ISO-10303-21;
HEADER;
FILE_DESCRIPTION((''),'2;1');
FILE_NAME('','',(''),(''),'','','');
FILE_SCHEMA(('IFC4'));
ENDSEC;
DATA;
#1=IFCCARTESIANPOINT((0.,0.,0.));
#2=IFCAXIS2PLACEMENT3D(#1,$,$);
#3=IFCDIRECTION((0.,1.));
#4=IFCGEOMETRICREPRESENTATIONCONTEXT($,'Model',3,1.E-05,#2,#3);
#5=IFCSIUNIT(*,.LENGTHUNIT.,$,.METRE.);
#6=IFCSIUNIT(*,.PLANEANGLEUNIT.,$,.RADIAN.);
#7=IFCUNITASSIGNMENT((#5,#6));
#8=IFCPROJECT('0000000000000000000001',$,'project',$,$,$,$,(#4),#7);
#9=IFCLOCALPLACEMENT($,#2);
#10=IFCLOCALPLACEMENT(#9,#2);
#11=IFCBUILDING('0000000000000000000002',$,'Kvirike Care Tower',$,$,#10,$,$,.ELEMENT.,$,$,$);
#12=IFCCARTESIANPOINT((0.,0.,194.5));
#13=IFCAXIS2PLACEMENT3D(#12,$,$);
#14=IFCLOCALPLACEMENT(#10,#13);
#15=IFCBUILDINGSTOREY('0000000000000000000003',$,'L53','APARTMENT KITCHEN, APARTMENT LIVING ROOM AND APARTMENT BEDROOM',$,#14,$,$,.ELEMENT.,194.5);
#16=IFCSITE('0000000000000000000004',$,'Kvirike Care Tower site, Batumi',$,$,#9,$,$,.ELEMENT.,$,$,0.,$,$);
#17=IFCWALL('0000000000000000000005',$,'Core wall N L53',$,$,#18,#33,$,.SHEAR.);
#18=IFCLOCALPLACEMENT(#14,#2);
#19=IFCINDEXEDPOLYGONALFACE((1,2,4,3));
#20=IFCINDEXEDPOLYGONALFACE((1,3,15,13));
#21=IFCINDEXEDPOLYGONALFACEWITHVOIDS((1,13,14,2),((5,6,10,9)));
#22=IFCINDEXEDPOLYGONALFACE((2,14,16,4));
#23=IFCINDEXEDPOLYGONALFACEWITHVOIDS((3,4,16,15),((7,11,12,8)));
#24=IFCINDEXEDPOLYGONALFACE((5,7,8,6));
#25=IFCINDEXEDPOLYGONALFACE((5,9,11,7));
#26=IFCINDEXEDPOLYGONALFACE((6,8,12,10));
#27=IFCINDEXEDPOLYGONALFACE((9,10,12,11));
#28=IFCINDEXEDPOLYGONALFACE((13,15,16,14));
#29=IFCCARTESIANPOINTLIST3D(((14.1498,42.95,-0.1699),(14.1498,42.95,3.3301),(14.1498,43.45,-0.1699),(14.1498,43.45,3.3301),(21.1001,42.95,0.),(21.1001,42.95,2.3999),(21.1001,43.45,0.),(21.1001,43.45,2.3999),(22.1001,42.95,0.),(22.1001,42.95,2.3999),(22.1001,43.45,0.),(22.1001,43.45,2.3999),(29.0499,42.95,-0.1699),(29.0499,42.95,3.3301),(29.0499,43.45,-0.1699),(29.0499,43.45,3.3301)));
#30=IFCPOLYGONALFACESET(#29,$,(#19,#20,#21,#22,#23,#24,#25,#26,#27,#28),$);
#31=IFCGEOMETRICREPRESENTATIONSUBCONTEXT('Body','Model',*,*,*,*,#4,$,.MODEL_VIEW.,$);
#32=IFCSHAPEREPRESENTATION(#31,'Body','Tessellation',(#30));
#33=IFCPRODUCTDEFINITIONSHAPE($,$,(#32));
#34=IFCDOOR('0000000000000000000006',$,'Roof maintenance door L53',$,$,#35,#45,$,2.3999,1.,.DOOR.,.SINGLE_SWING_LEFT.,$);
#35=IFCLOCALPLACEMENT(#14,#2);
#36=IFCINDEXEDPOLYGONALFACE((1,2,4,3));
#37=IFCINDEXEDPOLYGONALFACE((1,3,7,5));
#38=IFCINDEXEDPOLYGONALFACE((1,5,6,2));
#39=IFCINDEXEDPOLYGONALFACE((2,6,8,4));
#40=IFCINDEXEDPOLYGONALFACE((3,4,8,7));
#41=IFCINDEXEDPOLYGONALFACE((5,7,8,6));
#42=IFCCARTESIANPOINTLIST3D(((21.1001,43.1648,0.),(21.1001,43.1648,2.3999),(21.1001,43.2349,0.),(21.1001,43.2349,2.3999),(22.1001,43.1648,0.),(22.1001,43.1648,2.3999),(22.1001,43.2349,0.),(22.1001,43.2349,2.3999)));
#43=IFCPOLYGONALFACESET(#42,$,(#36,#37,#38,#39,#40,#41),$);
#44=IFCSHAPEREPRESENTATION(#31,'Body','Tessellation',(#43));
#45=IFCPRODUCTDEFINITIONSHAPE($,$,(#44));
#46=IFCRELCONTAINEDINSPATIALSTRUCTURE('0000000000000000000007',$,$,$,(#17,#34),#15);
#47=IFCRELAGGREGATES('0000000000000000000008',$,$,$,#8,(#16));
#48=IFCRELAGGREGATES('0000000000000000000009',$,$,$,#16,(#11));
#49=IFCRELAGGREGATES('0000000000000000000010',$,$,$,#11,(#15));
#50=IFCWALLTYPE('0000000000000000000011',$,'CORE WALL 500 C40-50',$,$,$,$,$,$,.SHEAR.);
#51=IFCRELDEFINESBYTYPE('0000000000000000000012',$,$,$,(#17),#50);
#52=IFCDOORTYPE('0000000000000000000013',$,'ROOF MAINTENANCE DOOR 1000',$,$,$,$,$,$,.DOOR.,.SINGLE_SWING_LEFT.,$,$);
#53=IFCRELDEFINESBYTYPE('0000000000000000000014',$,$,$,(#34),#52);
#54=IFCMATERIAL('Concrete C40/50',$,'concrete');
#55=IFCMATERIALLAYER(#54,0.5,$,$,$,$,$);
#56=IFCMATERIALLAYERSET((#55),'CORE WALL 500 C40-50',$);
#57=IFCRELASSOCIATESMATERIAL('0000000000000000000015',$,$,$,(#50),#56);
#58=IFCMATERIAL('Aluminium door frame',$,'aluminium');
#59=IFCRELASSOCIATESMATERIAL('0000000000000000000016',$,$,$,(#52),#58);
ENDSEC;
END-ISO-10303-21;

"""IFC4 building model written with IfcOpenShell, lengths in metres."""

from ifc_helpers import new_model, si_unit, direction, frame, frame_2d, origin, place, context, subcontext, project, spatial, rectangle, extrude, material, layer, layer_set, type_object, element, fill, save


model = new_model("IFC4")

# Units and contexts
model_context = context("Model", 3, precision=1e-05, world=origin(), true_north=direction((0.0, 1.0)))
body_context = subcontext(model_context, "Body", "Model", "MODEL_VIEW")
ifc_project = project(units=[si_unit("LENGTHUNIT", "METRE"), si_unit("PLANEANGLEUNIT", "RADIAN")], contexts=[model_context])

# Site, building, storey
site_placement = place(None, origin())
site = spatial("IfcSite", under=ifc_project, at=site_placement, Name="Kvirike Care Tower site, Batumi", CompositionType="ELEMENT", RefElevation=0.0)
building_placement = place(site_placement, origin())
building = spatial("IfcBuilding", under=site, at=building_placement, Name="Kvirike Care Tower", CompositionType="ELEMENT")
storey_placement = place(building_placement, frame((0.0, 0.0, 194.5)))
storey = spatial("IfcBuildingStorey", under=building, at=storey_placement, Name="L53", Description="APARTMENT KITCHEN, APARTMENT LIVING ROOM AND APARTMENT BEDROOM", CompositionType="ELEMENT", Elevation=194.5)

# Wall, opening, door
ifc_material_1 = material(Name="Concrete C40/50", Category="concrete")
ifc_layer_1 = layer(ifc_material_1, 0.5)
ifc_layer_set_1 = layer_set([ifc_layer_1], Name="CORE WALL 500 C40-50")
wall_type = type_object("IfcWallType", Name="CORE WALL 500 C40-50", PredefinedType="SHEAR", material=ifc_layer_set_1)
wall_placement = place(storey_placement, frame((29.05, 43.2, -0.1699), z_axis=(0.0, 0.0, 1.0), x_axis=(-1.0, 0.0, 0.0)))
wall = element("IfcWall", 1, at=wall_placement, inside=storey, type_object=wall_type, Name="Core wall N L53", PredefinedType="SHEAR", context=body_context, shape_type="SweptSolid", body=[
    extrude(rectangle(XDim=14.9001, YDim=0.5, at=frame_2d((7.4502, 0.0))), origin(), (0.0, 0.0, 1.0), 3.5),
])
opening_placement = place(wall_placement, frame((6.95, 0.0, 0.1699)))
opening = element("IfcOpeningElement", 2, at=opening_placement, cuts=wall, PredefinedType="OPENING", context=body_context, shape_type="SweptSolid", body=[
    extrude(rectangle(XDim=1.0, YDim=2.3999, at=frame_2d((0.5, 1.2))), frame((0.0, 0.2605, 0.0), z_axis=(0.0, -1.0, 0.0), x_axis=(1.0, 0.0, 0.0)), (0.0, 0.0, 1.0), 0.521),
])
ifc_material_2 = material(Name="Aluminium door frame", Category="aluminium")
door_type = type_object("IfcDoorType", Name="ROOF MAINTENANCE DOOR 1000", OperationType="SINGLE_SWING_LEFT", PredefinedType="DOOR", material=ifc_material_2)
door_placement = place(opening_placement, origin())
door = element("IfcDoor", 3, at=door_placement, inside=storey, type_object=door_type, Name="Roof maintenance door L53", OperationType="SINGLE_SWING_LEFT", OverallHeight=2.3999, OverallWidth=1.0, PredefinedType="DOOR", context=body_context, shape_type="SweptSolid", body=[
    extrude(rectangle(XDim=1.0, YDim=2.3999, at=frame_2d((0.5, 1.2))), frame((0.0, 0.0352, 0.0), z_axis=(0.0, -1.0, 0.0), x_axis=(1.0, 0.0, 0.0)), (0.0, 0.0, 1.0), 0.0701),
])
fill(opening, door)

save(model, "model.ifc")
